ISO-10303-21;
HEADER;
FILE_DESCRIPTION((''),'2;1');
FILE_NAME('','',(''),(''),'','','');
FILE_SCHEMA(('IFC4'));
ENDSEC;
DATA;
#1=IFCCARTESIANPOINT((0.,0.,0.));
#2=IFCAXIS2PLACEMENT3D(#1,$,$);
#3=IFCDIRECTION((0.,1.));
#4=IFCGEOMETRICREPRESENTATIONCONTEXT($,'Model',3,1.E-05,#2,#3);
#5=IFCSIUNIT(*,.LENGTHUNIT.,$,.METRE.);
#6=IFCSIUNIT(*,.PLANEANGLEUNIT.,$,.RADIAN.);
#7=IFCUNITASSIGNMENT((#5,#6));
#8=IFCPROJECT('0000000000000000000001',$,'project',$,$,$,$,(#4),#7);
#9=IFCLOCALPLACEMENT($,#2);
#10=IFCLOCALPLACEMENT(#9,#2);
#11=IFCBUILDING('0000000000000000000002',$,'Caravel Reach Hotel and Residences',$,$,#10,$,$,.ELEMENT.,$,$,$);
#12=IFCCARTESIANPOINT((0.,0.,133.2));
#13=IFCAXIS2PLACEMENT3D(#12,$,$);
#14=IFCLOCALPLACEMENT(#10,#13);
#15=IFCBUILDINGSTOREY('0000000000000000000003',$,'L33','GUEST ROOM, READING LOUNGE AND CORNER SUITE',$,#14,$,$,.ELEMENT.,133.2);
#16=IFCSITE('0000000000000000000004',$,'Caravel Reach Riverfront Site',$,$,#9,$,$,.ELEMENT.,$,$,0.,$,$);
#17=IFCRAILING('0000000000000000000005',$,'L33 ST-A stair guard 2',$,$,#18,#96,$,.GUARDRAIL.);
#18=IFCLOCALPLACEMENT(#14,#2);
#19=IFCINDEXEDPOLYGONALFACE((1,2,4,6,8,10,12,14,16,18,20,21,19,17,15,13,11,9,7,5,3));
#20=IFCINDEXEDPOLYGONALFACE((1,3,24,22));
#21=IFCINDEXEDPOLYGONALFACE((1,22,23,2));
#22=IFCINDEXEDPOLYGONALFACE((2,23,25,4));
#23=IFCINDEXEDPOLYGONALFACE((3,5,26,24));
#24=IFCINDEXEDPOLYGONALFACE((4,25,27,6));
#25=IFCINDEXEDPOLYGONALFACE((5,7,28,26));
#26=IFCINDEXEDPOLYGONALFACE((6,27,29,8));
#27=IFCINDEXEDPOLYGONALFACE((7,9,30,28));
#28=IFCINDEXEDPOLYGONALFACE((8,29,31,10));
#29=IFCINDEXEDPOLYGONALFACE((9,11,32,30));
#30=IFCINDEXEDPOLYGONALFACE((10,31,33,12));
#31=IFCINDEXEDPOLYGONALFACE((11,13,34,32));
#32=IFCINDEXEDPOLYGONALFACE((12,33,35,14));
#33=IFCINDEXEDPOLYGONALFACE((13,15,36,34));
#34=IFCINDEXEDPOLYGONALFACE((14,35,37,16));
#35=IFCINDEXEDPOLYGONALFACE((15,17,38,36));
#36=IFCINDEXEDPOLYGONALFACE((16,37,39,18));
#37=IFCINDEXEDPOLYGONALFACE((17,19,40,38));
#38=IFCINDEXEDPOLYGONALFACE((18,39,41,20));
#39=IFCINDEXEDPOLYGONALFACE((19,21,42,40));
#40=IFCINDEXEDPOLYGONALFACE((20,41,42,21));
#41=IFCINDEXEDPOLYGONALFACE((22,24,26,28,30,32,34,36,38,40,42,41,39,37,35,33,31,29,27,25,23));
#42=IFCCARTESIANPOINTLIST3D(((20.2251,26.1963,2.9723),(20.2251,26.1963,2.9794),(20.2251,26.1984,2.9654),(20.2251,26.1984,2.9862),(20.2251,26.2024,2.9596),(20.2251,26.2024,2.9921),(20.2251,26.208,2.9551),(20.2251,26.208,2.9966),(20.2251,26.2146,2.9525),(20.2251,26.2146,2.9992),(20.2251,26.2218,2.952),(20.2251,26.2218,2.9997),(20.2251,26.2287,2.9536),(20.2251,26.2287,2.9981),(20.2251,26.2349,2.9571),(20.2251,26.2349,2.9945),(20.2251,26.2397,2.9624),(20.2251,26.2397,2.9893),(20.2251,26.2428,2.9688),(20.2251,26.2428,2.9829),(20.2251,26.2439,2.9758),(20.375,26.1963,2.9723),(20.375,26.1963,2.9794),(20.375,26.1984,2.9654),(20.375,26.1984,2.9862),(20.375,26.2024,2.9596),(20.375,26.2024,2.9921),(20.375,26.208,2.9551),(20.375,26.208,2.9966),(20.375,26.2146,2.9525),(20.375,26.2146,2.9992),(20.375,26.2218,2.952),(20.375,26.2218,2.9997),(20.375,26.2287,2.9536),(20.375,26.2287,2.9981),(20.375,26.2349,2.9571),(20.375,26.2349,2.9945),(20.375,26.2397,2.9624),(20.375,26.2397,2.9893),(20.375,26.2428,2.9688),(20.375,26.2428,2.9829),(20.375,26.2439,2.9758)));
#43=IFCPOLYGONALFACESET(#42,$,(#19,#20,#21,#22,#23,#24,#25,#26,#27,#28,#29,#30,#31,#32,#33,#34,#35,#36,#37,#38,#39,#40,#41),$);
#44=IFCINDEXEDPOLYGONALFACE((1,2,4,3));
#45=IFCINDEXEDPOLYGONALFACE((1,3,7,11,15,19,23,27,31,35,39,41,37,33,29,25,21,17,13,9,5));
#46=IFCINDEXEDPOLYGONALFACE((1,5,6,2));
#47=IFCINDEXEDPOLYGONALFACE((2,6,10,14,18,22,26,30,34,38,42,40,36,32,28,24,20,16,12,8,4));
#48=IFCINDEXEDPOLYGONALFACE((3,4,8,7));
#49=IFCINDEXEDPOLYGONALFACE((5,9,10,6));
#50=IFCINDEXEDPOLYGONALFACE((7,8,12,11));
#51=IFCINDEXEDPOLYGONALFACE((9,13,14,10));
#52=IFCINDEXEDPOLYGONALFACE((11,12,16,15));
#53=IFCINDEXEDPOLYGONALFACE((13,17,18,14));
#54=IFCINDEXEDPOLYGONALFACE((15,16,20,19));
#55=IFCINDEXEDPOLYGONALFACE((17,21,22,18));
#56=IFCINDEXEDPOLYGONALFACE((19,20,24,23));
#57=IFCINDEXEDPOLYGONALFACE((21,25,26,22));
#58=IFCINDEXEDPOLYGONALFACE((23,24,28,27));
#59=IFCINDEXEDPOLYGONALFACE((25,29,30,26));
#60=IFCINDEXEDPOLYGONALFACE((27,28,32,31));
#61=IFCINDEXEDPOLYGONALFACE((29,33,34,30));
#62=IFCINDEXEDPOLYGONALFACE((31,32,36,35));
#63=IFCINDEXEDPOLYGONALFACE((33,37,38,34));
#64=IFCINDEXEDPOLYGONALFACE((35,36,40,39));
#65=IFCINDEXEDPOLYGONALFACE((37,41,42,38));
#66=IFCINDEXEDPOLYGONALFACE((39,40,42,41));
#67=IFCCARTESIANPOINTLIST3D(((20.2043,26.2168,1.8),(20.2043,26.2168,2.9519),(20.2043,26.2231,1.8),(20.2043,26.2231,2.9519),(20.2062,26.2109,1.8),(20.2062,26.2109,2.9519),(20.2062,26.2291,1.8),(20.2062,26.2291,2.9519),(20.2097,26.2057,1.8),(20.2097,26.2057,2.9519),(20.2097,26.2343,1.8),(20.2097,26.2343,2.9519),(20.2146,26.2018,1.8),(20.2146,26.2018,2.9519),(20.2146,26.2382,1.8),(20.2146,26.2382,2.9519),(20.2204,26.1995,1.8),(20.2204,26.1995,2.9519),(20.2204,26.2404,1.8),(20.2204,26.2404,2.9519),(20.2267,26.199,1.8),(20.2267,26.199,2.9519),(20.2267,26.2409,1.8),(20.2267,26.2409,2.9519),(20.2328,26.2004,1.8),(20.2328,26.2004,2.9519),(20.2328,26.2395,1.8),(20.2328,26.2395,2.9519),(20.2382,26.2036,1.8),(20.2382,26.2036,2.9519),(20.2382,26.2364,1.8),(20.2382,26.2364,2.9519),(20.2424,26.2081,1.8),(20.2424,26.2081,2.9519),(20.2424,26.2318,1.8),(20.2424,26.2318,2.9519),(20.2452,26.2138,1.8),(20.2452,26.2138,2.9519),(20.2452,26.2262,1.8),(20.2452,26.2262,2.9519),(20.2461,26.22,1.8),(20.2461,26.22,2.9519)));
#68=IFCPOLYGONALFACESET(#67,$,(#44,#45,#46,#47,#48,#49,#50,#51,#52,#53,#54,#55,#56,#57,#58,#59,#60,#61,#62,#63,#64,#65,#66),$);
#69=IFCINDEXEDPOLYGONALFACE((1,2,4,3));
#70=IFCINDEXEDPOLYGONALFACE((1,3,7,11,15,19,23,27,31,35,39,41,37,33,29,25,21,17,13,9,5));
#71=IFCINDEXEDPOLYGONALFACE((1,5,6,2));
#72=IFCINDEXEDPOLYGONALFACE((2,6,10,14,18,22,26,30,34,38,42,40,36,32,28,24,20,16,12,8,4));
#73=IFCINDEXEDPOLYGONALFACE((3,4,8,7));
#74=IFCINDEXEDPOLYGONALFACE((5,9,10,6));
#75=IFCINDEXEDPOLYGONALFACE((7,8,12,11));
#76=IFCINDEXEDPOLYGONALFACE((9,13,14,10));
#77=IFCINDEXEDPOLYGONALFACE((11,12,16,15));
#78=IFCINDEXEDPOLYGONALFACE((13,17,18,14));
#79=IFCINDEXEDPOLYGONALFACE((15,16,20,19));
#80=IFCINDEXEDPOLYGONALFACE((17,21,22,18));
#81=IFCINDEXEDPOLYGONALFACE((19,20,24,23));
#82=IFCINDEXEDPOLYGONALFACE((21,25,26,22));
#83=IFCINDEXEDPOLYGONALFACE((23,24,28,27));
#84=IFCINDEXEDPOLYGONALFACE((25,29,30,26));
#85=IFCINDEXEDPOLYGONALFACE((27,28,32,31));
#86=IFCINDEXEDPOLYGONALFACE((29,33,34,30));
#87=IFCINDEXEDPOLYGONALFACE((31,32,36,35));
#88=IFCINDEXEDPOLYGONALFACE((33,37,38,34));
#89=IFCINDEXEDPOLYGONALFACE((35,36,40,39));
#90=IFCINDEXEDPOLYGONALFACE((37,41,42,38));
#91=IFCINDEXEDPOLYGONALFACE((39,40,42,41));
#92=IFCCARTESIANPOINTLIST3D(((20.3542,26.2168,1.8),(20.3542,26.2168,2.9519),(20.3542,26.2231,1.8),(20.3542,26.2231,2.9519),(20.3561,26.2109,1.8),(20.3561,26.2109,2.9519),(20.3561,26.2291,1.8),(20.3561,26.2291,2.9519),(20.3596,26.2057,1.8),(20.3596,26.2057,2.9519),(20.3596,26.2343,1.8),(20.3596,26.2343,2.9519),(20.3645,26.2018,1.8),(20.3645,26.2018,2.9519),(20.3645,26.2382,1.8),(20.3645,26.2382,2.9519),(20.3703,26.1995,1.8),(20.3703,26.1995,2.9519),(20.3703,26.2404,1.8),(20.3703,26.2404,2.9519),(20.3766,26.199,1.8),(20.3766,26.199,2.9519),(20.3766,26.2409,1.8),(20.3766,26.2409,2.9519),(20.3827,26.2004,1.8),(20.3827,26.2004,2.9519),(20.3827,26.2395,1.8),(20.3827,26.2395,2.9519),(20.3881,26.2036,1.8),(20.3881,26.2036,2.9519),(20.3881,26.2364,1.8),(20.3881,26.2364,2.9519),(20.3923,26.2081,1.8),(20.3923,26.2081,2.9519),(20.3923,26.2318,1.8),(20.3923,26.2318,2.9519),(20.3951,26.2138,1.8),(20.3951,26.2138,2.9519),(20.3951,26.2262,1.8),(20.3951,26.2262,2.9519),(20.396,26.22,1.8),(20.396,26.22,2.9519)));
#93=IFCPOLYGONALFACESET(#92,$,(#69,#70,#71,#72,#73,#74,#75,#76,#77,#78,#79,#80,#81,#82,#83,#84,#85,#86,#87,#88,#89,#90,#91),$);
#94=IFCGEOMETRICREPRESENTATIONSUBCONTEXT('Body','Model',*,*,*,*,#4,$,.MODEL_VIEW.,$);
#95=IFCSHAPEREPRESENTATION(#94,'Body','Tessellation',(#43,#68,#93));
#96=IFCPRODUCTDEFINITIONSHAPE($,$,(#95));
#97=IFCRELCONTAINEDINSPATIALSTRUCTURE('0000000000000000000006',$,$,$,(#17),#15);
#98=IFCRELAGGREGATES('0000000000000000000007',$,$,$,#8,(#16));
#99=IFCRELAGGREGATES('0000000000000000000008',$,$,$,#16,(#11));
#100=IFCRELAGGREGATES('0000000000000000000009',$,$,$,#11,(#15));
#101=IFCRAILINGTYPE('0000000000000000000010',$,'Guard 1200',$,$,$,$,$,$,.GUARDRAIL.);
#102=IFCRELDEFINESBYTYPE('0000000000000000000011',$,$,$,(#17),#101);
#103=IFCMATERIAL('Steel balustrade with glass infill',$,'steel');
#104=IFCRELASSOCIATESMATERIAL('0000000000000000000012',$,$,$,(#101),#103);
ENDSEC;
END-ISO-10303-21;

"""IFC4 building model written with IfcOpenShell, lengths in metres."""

from ifc_helpers import new_model, si_unit, direction, frame, origin, origin_2d, place, context, subcontext, project, spatial, circle, extrude, material, type_object, element, save


model = new_model("IFC4")

# Units and contexts
model_context = context("Model", 3, precision=1e-05, world=origin(), true_north=direction((0.0, 1.0)))
body_context = subcontext(model_context, "Body", "Model", "MODEL_VIEW")
ifc_project = project(units=[si_unit("LENGTHUNIT", "METRE"), si_unit("PLANEANGLEUNIT", "RADIAN")], contexts=[model_context])

# Site, building, storey
site_placement = place(None, origin())
site = spatial("IfcSite", under=ifc_project, at=site_placement, Name="Caravel Reach Riverfront Site", CompositionType="ELEMENT", RefElevation=0.0)
building_placement = place(site_placement, origin())
building = spatial("IfcBuilding", under=site, at=building_placement, Name="Caravel Reach Hotel and Residences", CompositionType="ELEMENT")
storey_placement = place(building_placement, frame((0.0, 0.0, 133.2)))
storey = spatial("IfcBuildingStorey", under=building, at=storey_placement, Name="L33", Description="GUEST ROOM, READING LOUNGE AND CORNER SUITE", CompositionType="ELEMENT", Elevation=133.2)

# Railing
ifc_material_1 = material(Name="Steel balustrade with glass infill", Category="steel")
railing_type_1 = type_object("IfcRailingType", Name="Guard 1200", PredefinedType="GUARDRAIL", material=ifc_material_1)
railing_1_placement = place(storey_placement, frame((20.2251, 26.22, 1.8)))
element("IfcRailing", 1, at=railing_1_placement, inside=storey, type_object=railing_type_1, Name="L33 ST-A stair guard 2", PredefinedType="GUARDRAIL", context=body_context, shape_type="SweptSolid", body=[
    extrude(circle(Radius=0.0239, at=origin_2d()), frame((0.0, 0.0, 1.1758), z_axis=(1.0, 0.0, 0.0), x_axis=(0.0, 1.0, 0.0)), (0.0, 0.0, 1.0), 0.1499),
    extrude(circle(Radius=0.021, at=origin_2d()), origin(), (0.0, 0.0, 1.0), 1.1519),
    extrude(circle(Radius=0.021, at=origin_2d()), frame((0.1499, 0.0, 0.0)), (0.0, 0.0, 1.0), 1.1519),
])

save(model, "model.ifc")
